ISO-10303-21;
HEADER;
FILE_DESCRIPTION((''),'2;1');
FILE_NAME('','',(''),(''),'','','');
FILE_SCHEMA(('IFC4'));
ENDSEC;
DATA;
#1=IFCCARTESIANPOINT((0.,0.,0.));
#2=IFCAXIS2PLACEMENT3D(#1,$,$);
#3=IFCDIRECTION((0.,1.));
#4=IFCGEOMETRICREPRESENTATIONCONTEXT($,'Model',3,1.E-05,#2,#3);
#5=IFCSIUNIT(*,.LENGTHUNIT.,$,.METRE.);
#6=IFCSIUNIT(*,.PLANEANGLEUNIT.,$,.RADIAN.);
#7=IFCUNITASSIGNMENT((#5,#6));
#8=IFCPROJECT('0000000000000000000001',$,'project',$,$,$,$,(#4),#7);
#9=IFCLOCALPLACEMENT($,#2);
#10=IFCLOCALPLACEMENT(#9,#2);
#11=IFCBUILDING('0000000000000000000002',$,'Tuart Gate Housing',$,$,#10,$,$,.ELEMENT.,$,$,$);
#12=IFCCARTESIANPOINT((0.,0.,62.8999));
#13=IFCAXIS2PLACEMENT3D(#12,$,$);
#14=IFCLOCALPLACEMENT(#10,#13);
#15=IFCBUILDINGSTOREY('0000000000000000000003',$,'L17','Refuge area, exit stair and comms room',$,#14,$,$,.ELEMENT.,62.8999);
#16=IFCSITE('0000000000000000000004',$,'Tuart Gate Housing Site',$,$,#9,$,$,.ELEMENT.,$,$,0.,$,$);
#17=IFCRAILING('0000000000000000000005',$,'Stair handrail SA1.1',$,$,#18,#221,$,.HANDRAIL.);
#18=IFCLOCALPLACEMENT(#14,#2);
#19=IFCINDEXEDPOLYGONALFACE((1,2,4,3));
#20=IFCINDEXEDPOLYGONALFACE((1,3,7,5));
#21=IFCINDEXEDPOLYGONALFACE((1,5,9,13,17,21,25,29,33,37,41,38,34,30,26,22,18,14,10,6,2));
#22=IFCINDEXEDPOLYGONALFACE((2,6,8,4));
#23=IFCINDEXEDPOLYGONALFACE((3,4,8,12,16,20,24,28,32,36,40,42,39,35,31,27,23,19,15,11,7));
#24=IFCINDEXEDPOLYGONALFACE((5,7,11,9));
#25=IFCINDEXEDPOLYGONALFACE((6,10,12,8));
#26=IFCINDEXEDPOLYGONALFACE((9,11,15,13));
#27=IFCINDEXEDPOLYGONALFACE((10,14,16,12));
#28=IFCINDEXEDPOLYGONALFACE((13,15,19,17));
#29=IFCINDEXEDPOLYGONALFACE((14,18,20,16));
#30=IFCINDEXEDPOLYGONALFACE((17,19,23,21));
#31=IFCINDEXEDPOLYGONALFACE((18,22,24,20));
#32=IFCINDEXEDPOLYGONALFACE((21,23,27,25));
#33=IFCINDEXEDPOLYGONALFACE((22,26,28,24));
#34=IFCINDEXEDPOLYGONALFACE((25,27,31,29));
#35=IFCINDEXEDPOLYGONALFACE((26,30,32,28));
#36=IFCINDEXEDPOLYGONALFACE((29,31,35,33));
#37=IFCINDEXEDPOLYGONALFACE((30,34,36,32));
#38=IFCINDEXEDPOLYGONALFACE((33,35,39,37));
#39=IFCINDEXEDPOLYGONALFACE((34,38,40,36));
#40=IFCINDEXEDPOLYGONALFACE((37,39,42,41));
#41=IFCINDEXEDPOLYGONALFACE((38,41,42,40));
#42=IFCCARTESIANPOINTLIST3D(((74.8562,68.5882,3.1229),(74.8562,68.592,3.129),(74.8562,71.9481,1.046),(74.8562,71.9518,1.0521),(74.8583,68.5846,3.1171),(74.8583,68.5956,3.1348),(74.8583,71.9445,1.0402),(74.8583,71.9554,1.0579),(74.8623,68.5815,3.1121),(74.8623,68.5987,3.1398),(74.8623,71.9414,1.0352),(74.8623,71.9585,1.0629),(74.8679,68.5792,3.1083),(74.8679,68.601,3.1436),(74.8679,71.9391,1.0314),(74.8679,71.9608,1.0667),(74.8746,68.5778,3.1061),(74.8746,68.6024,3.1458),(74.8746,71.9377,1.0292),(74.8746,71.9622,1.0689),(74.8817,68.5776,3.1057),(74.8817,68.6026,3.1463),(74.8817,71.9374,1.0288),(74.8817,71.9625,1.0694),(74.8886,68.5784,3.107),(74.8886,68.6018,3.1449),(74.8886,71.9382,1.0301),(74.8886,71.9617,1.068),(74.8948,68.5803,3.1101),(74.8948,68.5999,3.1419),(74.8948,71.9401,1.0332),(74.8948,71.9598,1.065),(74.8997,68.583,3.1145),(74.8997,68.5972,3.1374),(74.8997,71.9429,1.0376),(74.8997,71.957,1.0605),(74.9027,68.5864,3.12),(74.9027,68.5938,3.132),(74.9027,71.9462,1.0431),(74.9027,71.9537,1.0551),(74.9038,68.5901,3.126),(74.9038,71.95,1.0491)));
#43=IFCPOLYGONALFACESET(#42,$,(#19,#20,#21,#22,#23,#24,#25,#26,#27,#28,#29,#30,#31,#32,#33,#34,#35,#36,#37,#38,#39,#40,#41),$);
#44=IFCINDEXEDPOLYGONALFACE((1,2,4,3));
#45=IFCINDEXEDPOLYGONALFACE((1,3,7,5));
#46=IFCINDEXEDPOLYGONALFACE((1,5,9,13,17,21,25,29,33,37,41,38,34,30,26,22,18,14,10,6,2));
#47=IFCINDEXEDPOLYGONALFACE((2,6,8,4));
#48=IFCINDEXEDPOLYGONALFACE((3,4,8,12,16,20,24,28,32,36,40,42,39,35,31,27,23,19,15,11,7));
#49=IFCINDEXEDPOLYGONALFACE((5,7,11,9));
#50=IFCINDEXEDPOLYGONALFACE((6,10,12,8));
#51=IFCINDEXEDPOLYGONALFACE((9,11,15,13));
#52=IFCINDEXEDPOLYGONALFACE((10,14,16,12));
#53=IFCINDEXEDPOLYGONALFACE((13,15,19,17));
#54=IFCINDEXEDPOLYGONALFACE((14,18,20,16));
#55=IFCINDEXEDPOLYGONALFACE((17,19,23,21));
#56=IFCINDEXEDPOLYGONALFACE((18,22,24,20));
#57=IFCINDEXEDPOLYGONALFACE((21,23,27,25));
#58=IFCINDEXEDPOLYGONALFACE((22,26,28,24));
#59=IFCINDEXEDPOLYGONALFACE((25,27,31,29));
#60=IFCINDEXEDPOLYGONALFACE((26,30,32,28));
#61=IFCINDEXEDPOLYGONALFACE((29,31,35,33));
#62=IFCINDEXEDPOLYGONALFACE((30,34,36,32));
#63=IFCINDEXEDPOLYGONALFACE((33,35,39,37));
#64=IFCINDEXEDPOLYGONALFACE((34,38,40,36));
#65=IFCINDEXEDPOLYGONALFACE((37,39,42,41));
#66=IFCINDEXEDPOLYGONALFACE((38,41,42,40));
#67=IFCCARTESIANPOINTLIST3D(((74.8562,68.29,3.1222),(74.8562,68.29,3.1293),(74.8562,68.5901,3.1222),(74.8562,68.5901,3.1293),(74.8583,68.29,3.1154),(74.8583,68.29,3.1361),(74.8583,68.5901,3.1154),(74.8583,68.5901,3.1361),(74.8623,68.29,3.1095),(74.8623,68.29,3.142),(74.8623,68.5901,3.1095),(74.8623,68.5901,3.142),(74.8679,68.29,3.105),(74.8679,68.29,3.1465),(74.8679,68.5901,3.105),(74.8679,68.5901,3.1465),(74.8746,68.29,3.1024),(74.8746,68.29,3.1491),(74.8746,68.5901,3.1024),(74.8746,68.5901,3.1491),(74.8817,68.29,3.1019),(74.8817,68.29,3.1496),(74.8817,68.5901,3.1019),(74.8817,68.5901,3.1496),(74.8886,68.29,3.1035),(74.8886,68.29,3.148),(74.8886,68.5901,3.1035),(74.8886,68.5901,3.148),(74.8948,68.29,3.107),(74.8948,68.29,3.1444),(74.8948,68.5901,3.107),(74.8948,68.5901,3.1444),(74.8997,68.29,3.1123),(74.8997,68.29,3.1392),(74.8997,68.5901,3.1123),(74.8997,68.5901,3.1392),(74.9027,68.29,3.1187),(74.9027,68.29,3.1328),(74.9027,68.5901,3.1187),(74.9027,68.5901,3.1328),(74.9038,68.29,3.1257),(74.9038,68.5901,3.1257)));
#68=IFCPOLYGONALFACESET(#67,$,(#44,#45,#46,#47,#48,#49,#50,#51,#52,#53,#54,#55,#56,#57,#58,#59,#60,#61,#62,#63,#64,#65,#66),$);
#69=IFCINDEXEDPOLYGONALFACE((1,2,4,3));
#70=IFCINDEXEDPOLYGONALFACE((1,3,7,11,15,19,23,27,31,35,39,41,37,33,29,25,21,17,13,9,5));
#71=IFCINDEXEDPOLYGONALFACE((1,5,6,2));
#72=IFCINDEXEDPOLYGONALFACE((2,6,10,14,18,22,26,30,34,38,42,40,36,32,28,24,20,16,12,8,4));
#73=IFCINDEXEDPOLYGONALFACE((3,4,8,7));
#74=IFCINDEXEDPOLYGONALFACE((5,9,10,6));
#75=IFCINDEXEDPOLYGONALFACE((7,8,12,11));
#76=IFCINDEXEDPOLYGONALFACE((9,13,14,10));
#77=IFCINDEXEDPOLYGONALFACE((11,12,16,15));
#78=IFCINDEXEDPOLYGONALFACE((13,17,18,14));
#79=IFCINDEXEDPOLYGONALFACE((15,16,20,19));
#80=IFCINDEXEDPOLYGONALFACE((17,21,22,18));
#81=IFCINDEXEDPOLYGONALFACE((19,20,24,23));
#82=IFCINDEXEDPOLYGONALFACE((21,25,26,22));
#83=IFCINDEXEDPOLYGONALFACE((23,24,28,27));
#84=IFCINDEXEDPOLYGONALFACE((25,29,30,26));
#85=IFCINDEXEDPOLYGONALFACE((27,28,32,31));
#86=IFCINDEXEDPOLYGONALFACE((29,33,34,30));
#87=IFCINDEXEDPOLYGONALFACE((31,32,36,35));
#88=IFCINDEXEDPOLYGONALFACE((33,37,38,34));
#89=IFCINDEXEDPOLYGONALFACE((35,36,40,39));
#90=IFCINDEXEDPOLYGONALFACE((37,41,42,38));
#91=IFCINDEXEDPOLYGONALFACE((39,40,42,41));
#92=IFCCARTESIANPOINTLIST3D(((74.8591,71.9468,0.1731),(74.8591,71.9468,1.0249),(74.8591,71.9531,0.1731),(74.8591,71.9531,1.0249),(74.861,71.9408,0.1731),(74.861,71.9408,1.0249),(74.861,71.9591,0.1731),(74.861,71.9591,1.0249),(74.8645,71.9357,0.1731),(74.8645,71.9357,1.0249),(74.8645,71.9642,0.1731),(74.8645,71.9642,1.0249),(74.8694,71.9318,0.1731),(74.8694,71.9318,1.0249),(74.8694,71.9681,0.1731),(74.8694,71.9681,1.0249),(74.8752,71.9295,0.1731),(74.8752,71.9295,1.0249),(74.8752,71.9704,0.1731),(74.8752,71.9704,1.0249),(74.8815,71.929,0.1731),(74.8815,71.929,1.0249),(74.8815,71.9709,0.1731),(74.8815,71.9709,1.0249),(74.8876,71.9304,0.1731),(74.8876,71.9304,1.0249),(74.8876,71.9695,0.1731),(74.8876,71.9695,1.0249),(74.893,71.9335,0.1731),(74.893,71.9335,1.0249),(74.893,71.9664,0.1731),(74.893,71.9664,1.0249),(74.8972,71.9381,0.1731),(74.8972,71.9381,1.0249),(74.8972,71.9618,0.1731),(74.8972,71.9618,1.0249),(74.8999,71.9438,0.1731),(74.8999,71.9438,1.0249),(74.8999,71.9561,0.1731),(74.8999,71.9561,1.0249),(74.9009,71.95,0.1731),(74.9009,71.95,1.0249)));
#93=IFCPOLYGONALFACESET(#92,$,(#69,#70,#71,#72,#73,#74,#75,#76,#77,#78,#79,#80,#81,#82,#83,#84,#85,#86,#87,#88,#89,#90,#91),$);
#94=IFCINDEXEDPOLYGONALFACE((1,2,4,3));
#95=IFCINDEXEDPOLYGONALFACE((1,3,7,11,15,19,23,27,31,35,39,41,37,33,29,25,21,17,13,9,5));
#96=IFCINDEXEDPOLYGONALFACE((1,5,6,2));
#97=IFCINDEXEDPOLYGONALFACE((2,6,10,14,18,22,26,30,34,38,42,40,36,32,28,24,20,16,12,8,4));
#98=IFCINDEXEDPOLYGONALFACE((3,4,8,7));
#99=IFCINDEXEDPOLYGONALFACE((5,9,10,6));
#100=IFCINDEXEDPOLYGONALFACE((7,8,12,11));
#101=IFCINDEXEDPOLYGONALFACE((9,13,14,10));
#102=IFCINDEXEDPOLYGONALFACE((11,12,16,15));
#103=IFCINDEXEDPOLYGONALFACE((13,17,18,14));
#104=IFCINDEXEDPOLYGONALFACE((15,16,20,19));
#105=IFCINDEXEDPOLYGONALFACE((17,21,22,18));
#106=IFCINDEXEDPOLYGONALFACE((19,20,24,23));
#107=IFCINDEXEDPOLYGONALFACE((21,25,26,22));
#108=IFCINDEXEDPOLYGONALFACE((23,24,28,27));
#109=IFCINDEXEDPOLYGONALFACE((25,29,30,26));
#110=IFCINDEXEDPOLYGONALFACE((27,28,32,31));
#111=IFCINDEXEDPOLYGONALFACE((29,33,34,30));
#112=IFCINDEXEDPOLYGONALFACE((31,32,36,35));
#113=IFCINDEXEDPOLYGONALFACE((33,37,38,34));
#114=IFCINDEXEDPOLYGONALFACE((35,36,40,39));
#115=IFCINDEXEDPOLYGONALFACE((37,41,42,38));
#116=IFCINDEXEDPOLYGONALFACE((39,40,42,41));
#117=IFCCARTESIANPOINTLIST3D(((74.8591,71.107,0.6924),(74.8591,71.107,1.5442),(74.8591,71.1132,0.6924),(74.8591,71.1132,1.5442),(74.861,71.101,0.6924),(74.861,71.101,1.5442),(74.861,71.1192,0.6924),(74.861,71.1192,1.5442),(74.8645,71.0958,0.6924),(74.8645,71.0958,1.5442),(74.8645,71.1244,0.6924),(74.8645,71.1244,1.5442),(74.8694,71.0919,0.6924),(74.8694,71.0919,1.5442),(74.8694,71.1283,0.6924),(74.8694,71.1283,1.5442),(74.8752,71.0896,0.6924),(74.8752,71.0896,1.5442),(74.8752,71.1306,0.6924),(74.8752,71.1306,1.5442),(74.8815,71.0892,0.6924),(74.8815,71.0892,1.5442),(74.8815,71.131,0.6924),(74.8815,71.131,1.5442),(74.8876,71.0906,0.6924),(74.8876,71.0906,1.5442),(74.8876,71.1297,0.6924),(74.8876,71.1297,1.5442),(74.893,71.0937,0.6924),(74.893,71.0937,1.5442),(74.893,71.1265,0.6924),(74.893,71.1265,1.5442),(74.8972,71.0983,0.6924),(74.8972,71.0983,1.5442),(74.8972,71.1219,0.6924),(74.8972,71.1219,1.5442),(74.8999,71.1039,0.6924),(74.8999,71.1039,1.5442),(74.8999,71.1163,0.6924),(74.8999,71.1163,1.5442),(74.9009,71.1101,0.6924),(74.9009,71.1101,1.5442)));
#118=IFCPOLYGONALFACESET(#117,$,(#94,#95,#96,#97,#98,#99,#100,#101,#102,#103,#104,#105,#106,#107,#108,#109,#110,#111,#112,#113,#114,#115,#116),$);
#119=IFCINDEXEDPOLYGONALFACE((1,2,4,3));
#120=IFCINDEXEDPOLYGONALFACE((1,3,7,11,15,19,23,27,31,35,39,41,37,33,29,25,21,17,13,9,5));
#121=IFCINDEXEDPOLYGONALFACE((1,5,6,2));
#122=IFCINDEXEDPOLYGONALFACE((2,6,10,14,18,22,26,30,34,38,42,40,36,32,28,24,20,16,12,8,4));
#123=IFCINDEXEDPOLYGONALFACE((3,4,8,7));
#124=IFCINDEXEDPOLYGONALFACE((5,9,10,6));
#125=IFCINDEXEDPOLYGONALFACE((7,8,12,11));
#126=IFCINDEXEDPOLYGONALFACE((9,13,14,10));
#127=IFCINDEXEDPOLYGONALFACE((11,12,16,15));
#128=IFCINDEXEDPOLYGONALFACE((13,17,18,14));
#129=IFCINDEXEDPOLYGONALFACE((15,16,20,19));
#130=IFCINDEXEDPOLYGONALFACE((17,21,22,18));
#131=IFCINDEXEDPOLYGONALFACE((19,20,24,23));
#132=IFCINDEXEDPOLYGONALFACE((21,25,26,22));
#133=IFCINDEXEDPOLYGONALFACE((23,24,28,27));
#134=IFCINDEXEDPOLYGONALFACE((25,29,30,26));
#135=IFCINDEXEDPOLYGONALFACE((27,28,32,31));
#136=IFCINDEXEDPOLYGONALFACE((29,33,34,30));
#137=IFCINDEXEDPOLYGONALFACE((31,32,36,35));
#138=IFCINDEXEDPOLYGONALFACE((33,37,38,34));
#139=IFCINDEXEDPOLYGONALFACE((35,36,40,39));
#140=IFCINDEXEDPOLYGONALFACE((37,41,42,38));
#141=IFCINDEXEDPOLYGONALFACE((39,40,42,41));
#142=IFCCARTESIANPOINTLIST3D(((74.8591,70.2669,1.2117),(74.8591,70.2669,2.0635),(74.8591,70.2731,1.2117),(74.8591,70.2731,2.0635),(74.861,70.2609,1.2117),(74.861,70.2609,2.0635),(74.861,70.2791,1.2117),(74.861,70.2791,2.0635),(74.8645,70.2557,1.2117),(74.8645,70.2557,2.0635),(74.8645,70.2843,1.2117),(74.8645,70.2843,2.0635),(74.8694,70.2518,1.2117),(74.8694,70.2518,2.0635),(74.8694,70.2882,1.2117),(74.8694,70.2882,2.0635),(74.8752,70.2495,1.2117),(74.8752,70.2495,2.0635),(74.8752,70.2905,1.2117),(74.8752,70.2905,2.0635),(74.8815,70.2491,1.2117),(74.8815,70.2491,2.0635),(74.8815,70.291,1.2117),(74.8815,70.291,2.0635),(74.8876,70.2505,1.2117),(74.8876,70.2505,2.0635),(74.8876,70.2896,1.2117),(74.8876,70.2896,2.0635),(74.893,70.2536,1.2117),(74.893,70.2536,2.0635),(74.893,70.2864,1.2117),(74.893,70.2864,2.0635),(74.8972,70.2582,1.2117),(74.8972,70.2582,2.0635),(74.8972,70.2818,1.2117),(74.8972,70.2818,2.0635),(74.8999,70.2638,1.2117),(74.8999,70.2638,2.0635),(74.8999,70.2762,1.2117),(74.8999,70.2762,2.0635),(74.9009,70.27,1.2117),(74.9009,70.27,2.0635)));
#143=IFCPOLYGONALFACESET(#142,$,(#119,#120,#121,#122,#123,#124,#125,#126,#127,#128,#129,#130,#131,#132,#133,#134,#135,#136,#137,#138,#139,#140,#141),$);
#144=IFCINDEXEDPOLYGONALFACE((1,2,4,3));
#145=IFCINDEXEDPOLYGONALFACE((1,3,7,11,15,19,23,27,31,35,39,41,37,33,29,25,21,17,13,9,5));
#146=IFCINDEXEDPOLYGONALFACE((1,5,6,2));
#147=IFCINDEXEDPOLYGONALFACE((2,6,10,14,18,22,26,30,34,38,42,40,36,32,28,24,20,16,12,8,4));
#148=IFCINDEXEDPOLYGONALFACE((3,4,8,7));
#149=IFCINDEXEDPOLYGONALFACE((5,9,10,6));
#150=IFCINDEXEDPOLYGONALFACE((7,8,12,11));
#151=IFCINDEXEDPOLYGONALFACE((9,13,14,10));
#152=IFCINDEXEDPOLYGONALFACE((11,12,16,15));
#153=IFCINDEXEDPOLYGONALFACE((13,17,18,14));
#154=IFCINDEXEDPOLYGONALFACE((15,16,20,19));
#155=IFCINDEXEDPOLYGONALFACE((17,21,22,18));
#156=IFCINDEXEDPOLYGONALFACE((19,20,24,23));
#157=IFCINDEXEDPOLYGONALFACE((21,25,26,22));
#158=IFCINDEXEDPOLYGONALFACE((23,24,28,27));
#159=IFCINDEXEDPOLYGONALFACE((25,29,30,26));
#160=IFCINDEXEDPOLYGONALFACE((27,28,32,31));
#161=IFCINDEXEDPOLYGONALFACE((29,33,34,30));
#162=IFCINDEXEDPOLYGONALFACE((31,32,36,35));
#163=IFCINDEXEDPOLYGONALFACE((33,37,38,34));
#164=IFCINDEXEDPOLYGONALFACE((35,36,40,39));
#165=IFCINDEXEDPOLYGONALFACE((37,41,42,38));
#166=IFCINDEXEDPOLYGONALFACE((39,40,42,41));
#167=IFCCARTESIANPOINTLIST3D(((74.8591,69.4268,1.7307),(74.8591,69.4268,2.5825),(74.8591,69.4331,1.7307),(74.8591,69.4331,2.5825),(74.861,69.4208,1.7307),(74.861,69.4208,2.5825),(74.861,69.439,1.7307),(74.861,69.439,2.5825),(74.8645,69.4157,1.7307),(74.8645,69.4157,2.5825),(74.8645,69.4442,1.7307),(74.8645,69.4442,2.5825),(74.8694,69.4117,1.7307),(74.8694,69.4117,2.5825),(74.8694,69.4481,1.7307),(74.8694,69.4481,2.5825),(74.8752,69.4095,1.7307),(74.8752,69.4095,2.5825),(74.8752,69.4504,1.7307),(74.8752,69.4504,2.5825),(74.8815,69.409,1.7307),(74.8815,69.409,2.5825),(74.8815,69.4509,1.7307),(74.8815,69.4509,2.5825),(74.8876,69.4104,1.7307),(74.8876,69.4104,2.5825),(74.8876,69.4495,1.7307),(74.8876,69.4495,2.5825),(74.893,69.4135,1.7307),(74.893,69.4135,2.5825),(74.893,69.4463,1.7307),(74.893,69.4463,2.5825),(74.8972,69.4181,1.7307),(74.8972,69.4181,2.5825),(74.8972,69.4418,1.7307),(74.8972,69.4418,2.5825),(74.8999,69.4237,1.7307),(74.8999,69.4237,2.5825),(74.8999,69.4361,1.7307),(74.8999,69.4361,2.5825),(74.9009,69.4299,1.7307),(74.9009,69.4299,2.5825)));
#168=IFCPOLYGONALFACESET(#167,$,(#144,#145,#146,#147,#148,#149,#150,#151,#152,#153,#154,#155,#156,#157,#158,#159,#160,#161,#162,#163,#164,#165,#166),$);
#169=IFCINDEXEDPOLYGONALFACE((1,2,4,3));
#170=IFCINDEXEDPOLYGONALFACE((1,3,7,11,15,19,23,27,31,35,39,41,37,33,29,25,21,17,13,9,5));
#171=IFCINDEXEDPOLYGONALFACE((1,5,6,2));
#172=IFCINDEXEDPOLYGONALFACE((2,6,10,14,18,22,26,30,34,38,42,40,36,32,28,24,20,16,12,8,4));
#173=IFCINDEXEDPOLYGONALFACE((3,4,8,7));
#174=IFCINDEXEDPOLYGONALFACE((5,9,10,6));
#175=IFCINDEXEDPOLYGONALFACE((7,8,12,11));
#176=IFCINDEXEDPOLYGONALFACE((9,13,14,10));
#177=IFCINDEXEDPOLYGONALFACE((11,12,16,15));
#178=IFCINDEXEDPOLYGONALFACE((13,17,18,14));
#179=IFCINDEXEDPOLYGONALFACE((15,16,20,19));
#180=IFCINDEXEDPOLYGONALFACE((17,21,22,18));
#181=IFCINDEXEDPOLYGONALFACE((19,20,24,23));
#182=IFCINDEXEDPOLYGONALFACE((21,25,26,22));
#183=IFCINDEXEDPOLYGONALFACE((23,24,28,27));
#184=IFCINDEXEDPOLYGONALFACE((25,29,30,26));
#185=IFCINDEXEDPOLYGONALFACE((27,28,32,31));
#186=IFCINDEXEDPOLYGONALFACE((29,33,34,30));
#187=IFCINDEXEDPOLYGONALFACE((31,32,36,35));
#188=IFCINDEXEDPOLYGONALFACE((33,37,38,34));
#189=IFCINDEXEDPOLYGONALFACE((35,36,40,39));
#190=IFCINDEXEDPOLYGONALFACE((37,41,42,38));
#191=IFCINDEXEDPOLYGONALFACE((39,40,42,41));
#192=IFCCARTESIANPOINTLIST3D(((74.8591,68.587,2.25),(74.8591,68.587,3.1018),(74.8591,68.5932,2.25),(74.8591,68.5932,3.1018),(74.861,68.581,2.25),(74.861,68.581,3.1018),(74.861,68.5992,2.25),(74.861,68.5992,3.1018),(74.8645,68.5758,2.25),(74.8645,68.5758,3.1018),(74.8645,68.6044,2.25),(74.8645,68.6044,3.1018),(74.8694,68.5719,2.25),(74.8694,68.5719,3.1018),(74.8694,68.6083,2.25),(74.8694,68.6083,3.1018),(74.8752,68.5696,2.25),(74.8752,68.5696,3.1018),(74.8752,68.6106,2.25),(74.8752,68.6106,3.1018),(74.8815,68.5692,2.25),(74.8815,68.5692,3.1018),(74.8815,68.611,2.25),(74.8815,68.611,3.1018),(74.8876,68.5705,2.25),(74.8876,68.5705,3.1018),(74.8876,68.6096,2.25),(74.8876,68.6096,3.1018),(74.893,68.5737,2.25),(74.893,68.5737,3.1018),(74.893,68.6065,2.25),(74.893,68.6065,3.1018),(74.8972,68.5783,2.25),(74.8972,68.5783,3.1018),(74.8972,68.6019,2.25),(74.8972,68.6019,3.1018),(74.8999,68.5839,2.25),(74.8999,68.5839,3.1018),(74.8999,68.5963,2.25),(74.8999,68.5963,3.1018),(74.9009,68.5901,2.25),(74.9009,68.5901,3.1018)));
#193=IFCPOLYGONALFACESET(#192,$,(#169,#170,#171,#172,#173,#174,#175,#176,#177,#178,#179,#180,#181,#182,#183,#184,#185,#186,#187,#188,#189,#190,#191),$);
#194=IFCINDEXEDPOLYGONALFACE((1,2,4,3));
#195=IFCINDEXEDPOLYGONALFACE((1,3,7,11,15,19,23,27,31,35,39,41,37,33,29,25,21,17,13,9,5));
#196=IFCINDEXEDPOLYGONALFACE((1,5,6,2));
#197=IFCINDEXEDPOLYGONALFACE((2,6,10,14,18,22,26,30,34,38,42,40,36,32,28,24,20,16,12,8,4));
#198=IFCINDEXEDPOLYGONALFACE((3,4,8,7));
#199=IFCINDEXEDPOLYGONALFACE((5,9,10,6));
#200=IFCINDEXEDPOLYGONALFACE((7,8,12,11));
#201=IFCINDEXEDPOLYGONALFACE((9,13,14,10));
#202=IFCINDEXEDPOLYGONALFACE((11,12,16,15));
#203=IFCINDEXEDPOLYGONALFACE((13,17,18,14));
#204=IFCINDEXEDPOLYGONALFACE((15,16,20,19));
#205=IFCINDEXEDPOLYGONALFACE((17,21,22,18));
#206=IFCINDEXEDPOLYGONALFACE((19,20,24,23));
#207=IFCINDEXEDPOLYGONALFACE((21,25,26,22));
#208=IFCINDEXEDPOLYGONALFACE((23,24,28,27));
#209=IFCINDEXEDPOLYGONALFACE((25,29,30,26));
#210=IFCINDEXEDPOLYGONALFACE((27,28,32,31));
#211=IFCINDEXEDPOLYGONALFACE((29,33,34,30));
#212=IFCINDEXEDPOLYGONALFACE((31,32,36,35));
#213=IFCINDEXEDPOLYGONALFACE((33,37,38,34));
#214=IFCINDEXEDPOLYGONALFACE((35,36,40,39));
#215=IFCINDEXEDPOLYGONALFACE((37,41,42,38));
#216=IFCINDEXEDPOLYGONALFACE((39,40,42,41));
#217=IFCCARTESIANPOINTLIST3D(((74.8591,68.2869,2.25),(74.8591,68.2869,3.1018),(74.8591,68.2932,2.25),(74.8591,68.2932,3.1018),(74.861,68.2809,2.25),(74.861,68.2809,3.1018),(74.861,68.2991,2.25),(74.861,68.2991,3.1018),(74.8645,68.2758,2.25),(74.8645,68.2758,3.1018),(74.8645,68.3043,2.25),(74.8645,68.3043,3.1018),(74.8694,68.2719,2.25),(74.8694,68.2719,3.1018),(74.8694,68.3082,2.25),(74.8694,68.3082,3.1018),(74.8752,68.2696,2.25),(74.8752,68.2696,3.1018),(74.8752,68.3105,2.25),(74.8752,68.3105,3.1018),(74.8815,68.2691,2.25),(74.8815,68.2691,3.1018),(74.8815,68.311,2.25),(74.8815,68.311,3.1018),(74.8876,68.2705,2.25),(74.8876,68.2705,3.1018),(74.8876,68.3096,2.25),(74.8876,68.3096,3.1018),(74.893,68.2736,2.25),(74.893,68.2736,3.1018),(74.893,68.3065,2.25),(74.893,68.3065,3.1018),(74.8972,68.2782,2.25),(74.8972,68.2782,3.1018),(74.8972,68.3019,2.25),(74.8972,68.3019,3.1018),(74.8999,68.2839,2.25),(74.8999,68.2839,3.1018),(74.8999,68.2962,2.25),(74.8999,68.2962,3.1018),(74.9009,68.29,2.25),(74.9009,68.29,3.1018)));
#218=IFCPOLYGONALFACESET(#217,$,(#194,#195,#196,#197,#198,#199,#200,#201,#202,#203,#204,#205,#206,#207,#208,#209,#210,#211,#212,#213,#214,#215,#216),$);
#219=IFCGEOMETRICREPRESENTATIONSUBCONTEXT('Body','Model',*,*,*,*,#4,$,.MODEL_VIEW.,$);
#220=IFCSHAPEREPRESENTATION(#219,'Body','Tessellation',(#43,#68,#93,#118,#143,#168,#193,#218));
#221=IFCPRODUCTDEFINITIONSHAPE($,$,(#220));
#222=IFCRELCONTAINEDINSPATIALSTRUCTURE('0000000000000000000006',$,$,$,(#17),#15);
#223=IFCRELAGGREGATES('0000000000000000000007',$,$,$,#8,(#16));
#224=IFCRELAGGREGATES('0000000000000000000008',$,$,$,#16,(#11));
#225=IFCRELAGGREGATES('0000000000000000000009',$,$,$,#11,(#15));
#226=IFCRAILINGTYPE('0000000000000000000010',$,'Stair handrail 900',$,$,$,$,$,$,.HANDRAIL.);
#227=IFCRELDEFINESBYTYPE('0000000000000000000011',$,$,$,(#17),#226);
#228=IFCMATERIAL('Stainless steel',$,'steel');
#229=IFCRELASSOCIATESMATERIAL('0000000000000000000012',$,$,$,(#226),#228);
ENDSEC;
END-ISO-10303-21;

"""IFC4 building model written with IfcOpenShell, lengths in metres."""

from ifc_helpers import new_model, si_unit, direction, frame, origin, origin_2d, place, context, subcontext, project, spatial, circle, extrude, material, type_object, element, save


model = new_model("IFC4")

# Units and contexts
model_context = context("Model", 3, precision=1e-05, world=origin(), true_north=direction((0.0, 1.0)))
body_context = subcontext(model_context, "Body", "Model", "MODEL_VIEW")
ifc_project = project(units=[si_unit("LENGTHUNIT", "METRE"), si_unit("PLANEANGLEUNIT", "RADIAN")], contexts=[model_context])

# Site, building, storey
site_placement = place(None, origin())
site = spatial("IfcSite", under=ifc_project, at=site_placement, Name="Tuart Gate Housing Site", CompositionType="ELEMENT", RefElevation=0.0)
building_placement = place(site_placement, origin())
building = spatial("IfcBuilding", under=site, at=building_placement, Name="Tuart Gate Housing", CompositionType="ELEMENT")
storey_placement = place(building_placement, frame((0.0, 0.0, 62.8999)))
storey = spatial("IfcBuildingStorey", under=building, at=storey_placement, Name="L17", Description="Refuge area, exit stair and comms room", CompositionType="ELEMENT", Elevation=62.8999)

# Railing
ifc_material_1 = material(Name="Stainless steel", Category="steel")
railing_type = type_object("IfcRailingType", Name="Stair handrail 900", PredefinedType="HANDRAIL", material=ifc_material_1)
railing_placement = place(storey_placement, frame((74.8799, 71.95, 0.1731)))
element("IfcRailing", 1, at=railing_placement, inside=storey, type_object=railing_type, Name="Stair handrail SA1.1", PredefinedType="HANDRAIL", context=body_context, shape_type="SweptSolid", body=[
    extrude(circle(Radius=0.0239, at=origin_2d()), frame((0.0, 0.0, 0.876), z_axis=(0.0, -0.850606, 0.525803), x_axis=(1.0, 0.0, 0.0)), (0.0, 0.0, 1.0), 3.95),
    extrude(circle(Radius=0.0239, at=origin_2d()), frame((0.0, -3.3599, 2.9526), z_axis=(0.0, -1.0, 0.0), x_axis=(1.0, 0.0, 0.0)), (0.0, 0.0, 1.0), 0.3),
    extrude(circle(Radius=0.021, at=origin_2d()), origin(), (0.0, 0.0, 1.0), 0.8518),
    extrude(circle(Radius=0.021, at=origin_2d()), frame((0.0, -0.8398, 0.5193)), (0.0, 0.0, 1.0), 0.8518),
    extrude(circle(Radius=0.021, at=origin_2d()), frame((0.0, -1.6799, 1.0386)), (0.0, 0.0, 1.0), 0.8518),
    extrude(circle(Radius=0.021, at=origin_2d()), frame((0.0, -2.52, 1.5576)), (0.0, 0.0, 1.0), 0.8518),
    extrude(circle(Radius=0.021, at=origin_2d()), frame((0.0, -3.3599, 2.0769)), (0.0, 0.0, 1.0), 0.8518),
    extrude(circle(Radius=0.021, at=origin_2d()), frame((0.0, -3.6599, 2.0769)), (0.0, 0.0, 1.0), 0.8518),
])

save(model, "model.ifc")
